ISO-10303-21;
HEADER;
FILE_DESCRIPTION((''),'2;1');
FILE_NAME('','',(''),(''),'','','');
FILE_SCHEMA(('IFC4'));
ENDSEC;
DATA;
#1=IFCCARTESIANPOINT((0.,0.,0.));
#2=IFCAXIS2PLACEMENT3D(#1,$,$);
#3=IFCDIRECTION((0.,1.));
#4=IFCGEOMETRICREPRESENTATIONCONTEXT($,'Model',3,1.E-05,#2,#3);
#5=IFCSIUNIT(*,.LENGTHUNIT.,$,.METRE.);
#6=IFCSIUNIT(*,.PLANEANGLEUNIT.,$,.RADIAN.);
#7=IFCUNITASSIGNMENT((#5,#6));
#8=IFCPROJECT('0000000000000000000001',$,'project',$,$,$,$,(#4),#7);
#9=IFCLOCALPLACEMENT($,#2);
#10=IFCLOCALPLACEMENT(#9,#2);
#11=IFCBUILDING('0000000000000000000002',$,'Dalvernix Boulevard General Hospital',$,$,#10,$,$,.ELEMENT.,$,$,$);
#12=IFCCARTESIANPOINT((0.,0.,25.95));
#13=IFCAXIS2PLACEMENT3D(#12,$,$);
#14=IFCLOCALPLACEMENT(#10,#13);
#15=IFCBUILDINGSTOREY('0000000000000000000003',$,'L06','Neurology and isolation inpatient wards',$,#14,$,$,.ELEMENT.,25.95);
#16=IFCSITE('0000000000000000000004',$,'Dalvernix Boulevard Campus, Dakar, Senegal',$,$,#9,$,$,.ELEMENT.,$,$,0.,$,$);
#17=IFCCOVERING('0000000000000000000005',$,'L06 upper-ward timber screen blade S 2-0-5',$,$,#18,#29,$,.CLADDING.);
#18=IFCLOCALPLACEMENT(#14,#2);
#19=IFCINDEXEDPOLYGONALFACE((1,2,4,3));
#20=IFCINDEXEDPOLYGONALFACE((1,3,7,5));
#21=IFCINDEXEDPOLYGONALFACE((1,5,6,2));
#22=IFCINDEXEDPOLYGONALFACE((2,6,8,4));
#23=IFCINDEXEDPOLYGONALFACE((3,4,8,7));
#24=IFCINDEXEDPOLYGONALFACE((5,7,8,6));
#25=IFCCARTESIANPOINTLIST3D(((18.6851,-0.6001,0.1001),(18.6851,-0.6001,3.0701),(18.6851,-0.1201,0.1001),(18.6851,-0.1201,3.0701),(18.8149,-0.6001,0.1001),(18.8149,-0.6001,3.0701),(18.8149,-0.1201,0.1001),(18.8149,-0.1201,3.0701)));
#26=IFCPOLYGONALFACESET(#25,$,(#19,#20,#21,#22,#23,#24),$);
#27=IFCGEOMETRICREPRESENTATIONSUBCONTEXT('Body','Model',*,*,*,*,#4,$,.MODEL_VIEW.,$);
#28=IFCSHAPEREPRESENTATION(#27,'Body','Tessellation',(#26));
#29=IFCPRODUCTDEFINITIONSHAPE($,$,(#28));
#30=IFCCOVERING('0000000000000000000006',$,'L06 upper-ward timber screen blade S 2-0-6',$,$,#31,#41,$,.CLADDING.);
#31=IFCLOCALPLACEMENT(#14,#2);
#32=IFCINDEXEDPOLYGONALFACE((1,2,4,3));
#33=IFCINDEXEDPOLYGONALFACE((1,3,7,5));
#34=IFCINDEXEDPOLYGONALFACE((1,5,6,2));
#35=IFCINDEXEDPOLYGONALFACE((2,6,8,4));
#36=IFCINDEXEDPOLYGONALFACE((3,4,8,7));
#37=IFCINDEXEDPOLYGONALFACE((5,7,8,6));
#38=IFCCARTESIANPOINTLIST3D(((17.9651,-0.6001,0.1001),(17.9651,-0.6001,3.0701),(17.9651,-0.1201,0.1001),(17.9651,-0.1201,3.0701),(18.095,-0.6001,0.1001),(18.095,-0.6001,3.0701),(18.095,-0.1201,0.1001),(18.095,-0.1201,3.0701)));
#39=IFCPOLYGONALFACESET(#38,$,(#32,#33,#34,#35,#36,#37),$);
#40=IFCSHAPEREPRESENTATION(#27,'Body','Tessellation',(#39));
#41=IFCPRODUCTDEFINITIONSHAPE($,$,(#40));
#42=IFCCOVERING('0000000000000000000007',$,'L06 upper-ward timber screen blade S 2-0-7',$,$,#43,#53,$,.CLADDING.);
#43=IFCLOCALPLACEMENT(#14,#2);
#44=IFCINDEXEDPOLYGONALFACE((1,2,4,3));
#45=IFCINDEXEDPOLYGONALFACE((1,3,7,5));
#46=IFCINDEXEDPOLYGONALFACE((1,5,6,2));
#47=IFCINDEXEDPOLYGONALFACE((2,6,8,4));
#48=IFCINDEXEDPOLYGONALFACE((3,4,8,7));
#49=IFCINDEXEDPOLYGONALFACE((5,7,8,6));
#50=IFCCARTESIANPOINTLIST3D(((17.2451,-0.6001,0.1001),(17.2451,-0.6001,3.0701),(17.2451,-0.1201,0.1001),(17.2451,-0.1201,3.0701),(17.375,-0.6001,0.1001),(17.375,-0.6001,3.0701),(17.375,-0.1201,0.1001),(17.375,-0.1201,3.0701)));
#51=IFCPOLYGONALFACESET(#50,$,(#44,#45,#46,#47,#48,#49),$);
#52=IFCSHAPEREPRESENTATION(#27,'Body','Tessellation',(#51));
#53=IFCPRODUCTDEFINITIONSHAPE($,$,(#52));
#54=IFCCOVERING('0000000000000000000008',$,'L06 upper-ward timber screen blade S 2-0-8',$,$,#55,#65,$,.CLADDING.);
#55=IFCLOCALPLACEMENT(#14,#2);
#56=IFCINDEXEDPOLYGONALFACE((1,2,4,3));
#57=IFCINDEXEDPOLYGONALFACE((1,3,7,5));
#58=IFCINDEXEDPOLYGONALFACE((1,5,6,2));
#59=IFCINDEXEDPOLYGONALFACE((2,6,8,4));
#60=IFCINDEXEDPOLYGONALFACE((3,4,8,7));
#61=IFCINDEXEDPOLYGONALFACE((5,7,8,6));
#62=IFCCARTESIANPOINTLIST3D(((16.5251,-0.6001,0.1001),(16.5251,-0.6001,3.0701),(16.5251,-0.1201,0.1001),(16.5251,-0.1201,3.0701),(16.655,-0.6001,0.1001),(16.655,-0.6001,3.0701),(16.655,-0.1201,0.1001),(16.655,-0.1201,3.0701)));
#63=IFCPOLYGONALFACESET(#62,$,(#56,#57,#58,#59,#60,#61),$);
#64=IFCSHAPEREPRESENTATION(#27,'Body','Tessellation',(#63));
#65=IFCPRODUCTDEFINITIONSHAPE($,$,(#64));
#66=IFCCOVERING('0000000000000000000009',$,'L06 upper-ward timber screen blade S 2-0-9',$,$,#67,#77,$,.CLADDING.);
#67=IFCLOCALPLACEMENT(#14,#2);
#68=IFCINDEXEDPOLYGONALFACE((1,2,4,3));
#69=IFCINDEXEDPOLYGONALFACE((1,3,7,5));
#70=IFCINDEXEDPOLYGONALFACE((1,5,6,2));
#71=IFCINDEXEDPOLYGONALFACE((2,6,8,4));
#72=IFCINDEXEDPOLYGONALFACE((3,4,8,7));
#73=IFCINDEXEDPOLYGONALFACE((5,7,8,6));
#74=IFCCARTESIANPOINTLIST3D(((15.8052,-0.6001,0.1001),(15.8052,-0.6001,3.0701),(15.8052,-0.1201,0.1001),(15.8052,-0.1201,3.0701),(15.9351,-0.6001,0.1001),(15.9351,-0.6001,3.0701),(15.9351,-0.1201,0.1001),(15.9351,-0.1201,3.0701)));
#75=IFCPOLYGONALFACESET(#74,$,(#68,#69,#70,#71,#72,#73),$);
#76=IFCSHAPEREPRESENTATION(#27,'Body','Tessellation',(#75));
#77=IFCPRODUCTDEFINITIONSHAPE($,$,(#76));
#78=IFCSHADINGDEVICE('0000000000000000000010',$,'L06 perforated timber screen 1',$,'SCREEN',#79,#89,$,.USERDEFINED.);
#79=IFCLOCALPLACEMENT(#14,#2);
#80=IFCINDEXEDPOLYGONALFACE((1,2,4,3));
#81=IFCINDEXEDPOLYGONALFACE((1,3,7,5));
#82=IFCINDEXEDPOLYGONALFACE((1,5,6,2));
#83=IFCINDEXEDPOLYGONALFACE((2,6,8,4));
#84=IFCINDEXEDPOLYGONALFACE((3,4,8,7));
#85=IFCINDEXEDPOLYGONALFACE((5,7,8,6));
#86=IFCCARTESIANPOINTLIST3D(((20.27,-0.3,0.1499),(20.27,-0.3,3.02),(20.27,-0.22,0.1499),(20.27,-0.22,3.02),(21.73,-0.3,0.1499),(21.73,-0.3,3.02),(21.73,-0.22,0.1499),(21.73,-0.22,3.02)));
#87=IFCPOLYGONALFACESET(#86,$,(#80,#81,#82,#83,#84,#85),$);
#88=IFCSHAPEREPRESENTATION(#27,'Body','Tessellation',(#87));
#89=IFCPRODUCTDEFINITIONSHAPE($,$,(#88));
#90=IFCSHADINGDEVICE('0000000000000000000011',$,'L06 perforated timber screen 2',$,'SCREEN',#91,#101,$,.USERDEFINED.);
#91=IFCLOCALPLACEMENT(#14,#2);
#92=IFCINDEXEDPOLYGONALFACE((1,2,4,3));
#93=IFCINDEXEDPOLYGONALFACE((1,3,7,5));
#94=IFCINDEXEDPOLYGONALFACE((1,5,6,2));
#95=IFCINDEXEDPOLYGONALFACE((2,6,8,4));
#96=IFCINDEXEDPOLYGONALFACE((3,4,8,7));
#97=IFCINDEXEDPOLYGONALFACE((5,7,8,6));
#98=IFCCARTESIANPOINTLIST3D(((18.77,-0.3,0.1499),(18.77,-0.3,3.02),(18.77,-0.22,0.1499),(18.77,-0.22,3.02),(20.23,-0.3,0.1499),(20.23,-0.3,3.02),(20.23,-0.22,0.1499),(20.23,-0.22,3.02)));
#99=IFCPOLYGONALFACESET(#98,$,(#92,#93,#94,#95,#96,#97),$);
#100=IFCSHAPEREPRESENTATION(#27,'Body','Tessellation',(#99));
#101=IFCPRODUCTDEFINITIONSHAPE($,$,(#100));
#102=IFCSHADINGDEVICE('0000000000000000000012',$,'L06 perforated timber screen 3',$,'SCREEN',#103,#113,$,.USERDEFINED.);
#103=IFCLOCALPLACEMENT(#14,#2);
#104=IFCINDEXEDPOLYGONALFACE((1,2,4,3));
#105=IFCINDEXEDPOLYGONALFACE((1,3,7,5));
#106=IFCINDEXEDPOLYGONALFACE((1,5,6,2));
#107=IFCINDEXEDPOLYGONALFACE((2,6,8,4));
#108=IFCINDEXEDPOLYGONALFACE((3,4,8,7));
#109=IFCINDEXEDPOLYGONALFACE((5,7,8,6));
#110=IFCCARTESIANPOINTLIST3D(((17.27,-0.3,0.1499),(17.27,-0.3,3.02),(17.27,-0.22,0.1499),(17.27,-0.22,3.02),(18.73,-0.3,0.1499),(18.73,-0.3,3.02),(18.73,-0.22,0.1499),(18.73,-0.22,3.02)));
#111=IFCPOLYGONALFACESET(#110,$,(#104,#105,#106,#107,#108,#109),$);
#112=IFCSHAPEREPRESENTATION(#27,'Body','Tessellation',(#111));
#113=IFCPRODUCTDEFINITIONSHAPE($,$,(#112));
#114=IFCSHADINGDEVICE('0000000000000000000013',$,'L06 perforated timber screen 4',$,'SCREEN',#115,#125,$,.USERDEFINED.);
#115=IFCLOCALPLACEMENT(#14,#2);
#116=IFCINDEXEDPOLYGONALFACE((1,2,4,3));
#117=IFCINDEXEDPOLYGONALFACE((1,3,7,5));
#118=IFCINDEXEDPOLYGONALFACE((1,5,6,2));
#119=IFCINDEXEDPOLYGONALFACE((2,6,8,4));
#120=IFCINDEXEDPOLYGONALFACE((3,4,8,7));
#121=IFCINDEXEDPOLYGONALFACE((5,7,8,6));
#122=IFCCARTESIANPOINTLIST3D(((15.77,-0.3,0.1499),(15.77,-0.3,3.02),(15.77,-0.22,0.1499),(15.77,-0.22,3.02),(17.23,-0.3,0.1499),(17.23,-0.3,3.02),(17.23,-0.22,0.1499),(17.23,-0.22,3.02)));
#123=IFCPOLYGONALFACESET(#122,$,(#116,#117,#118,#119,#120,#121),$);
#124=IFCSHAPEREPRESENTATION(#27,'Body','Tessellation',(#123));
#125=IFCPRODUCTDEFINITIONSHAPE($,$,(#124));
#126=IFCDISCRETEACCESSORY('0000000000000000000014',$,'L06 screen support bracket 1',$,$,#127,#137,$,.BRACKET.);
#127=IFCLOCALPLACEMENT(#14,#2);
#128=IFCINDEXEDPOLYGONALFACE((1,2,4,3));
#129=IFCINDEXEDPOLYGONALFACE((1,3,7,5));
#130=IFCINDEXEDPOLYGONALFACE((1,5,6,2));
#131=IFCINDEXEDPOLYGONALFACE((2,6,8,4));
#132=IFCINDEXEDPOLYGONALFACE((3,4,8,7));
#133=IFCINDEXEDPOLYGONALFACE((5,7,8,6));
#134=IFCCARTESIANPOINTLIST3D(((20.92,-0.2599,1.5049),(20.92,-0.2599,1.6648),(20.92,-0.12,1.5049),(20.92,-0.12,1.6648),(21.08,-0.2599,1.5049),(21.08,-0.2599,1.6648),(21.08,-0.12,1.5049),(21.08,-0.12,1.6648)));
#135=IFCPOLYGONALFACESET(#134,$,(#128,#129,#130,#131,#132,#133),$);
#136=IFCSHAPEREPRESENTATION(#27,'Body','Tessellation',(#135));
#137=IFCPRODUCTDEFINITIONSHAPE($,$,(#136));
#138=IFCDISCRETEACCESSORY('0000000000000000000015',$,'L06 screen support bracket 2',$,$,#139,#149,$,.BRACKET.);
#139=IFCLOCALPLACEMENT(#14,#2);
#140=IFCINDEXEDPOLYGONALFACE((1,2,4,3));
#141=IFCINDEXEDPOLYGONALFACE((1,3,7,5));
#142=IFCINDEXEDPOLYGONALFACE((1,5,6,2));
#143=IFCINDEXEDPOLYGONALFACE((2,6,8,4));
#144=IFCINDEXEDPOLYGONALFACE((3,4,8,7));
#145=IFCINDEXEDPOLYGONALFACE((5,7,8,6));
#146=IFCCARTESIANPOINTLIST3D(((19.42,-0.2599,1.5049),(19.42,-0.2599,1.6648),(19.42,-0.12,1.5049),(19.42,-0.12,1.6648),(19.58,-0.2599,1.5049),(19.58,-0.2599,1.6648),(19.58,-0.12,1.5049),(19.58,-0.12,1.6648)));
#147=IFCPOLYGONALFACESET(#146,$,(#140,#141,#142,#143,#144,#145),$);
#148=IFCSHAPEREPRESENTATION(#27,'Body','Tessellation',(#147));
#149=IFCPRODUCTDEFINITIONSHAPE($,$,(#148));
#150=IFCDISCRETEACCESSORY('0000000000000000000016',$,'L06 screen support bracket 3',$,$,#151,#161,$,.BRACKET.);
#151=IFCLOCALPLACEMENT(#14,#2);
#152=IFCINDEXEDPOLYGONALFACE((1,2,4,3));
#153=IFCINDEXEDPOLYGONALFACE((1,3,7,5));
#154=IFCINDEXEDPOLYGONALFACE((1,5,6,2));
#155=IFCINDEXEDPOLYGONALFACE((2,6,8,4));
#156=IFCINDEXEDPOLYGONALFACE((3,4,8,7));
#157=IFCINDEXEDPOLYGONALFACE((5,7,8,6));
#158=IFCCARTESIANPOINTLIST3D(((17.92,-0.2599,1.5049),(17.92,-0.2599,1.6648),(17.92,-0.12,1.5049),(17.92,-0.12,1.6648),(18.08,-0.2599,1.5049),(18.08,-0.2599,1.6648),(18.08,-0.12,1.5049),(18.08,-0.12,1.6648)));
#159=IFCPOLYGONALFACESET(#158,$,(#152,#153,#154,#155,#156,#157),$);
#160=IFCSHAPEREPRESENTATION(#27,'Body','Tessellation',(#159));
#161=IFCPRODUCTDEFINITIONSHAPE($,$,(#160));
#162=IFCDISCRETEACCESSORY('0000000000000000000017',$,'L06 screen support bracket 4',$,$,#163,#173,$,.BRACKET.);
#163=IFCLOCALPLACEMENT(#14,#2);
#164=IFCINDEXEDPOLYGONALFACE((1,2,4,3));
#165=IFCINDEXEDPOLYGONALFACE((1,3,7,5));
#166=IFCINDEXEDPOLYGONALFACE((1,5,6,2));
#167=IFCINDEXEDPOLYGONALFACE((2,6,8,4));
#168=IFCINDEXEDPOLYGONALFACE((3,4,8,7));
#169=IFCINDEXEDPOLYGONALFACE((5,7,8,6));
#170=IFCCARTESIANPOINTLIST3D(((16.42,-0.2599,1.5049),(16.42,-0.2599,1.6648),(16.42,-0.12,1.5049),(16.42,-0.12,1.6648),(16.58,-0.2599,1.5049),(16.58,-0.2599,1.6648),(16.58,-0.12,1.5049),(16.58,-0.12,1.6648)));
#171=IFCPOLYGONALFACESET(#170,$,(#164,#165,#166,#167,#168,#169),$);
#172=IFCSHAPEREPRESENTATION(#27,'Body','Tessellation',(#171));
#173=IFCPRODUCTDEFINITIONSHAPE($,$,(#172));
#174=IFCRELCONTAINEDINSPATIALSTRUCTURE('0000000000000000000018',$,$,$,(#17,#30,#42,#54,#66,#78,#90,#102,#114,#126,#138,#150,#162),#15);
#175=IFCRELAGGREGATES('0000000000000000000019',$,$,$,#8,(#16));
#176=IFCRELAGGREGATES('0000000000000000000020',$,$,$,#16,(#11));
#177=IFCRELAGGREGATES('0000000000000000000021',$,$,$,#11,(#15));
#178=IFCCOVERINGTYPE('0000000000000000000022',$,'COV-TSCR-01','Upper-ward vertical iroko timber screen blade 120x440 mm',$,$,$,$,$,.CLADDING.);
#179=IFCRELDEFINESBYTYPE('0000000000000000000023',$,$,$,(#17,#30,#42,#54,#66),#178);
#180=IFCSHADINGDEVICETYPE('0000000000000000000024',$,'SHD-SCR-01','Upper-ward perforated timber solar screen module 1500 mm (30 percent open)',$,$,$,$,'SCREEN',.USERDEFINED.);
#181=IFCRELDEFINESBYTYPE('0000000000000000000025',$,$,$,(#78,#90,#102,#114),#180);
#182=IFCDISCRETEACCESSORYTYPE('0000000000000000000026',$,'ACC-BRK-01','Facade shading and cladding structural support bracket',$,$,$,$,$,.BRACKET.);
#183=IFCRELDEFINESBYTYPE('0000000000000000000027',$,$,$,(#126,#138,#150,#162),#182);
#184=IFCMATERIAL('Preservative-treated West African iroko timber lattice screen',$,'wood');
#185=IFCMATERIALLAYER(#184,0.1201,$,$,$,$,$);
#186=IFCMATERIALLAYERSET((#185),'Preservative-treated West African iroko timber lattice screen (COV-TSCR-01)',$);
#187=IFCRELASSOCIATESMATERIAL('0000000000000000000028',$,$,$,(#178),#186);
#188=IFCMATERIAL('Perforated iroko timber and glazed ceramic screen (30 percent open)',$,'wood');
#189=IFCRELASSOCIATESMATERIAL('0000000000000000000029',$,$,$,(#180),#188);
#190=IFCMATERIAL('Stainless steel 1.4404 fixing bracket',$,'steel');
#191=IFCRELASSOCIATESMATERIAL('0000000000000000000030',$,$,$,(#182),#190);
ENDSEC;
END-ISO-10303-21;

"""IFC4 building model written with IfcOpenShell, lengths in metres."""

from ifc_helpers import new_model, si_unit, direction, frame, origin, origin_2d, place, context, subcontext, project, spatial, rectangle, extrude, material, layer, layer_set, type_object, element, save


model = new_model("IFC4")

# Units and contexts
model_context = context("Model", 3, precision=1e-05, world=origin(), true_north=direction((0.0, 1.0)))
body_context = subcontext(model_context, "Body", "Model", "MODEL_VIEW")
ifc_project = project(units=[si_unit("LENGTHUNIT", "METRE"), si_unit("PLANEANGLEUNIT", "RADIAN")], contexts=[model_context])

# Site, building, storey
site_placement = place(None, origin())
site = spatial("IfcSite", under=ifc_project, at=site_placement, Name="Dalvernix Boulevard Campus, Dakar, Senegal", CompositionType="ELEMENT", RefElevation=0.0)
building_placement = place(site_placement, origin())
building = spatial("IfcBuilding", under=site, at=building_placement, Name="Dalvernix Boulevard General Hospital", CompositionType="ELEMENT")
storey_placement = place(building_placement, frame((0.0, 0.0, 25.95)))
storey = spatial("IfcBuildingStorey", under=building, at=storey_placement, Name="L06", Description="Neurology and isolation inpatient wards", CompositionType="ELEMENT", Elevation=25.95)

# Coverings
ifc_material_1 = material(Name="Preservative-treated West African iroko timber lattice screen", Category="wood")
ifc_layer_1 = layer(ifc_material_1, 0.1201)
ifc_layer_set_1 = layer_set([ifc_layer_1], Name="Preservative-treated West African iroko timber lattice screen (COV-TSCR-01)")
covering_type_1 = type_object("IfcCoveringType", Name="COV-TSCR-01", Description="Upper-ward vertical iroko timber screen blade 120x440 mm", PredefinedType="CLADDING", material=ifc_layer_set_1)
for number, where, z_axis, x_axis, name in (
    (1, (18.75, -0.3601, 0.1001), (0.0, 0.0, 1.0), (-1.0, 0.0, 0.0), "L06 upper-ward timber screen blade S 2-0-5"),
    (2, (18.03, -0.3601, 0.1001), (0.0, 0.0, 1.0), (-1.0, 0.0, 0.0), "L06 upper-ward timber screen blade S 2-0-6"),
    (3, (17.3101, -0.3601, 0.1001), (0.0, 0.0, 1.0), (-1.0, 0.0, 0.0), "L06 upper-ward timber screen blade S 2-0-7"),
    (4, (16.5901, -0.3601, 0.1001), (0.0, 0.0, 1.0), (-1.0, 0.0, 0.0), "L06 upper-ward timber screen blade S 2-0-8"),
    (5, (15.8701, -0.3601, 0.1001), (0.0, 0.0, 1.0), (-1.0, 0.0, 0.0), "L06 upper-ward timber screen blade S 2-0-9"),
):
    element("IfcCovering", number, at=place(storey_placement, frame(where, z_axis=z_axis, x_axis=x_axis)), inside=storey, type_object=covering_type_1, Name=name, PredefinedType="CLADDING", context=body_context, shape_type="SweptSolid", body=[
        extrude(rectangle(XDim=0.1299, YDim=0.48, at=origin_2d()), origin(), (0.0, 0.0, 1.0), 2.97),
    ])

# Shading devices
ifc_material_2 = material(Name="Perforated iroko timber and glazed ceramic screen (30 percent open)", Category="wood")
shading_device_type = type_object("IfcShadingDeviceType", Name="SHD-SCR-01", Description="Upper-ward perforated timber solar screen module 1500 mm (30 percent open)", ElementType="SCREEN", PredefinedType="USERDEFINED", material=ifc_material_2)
for number, where, z_axis, x_axis, name in (
    (6, (21.0, -0.26, 0.1499), (0.0, 0.0, 1.0), (-1.0, 0.0, 0.0), "L06 perforated timber screen 1"),
    (7, (19.5, -0.26, 0.1499), (0.0, 0.0, 1.0), (-1.0, 0.0, 0.0), "L06 perforated timber screen 2"),
    (8, (18.0, -0.26, 0.1499), (0.0, 0.0, 1.0), (-1.0, 0.0, 0.0), "L06 perforated timber screen 3"),
    (9, (16.5, -0.26, 0.1499), (0.0, 0.0, 1.0), (-1.0, 0.0, 0.0), "L06 perforated timber screen 4"),
):
    element("IfcShadingDevice", number, at=place(storey_placement, frame(where, z_axis=z_axis, x_axis=x_axis)), inside=storey, type_object=shading_device_type, Name=name, ObjectType="SCREEN", PredefinedType="USERDEFINED", context=body_context, shape_type="SweptSolid", body=[
        extrude(rectangle(XDim=1.46, YDim=0.0801, at=origin_2d()), origin(), (0.0, 0.0, 1.0), 2.8701),
    ])

# Discrete accessories
ifc_material_3 = material(Name="Stainless steel 1.4404 fixing bracket", Category="steel")
discrete_accessory_type = type_object("IfcDiscreteAccessoryType", Name="ACC-BRK-01", Description="Facade shading and cladding structural support bracket", PredefinedType="BRACKET", material=ifc_material_3)
for number, where, z_axis, x_axis, name in (
    (10, (21.0, -0.1899, 1.5049), (0.0, 0.0, 1.0), (-1.0, 0.0, 0.0), "L06 screen support bracket 1"),
    (11, (19.5, -0.1899, 1.5049), (0.0, 0.0, 1.0), (-1.0, 0.0, 0.0), "L06 screen support bracket 2"),
    (12, (18.0, -0.1899, 1.5049), (0.0, 0.0, 1.0), (-1.0, 0.0, 0.0), "L06 screen support bracket 3"),
    (13, (16.5, -0.1899, 1.5049), (0.0, 0.0, 1.0), (-1.0, 0.0, 0.0), "L06 screen support bracket 4"),
):
    element("IfcDiscreteAccessory", number, at=place(storey_placement, frame(where, z_axis=z_axis, x_axis=x_axis)), inside=storey, type_object=discrete_accessory_type, Name=name, PredefinedType="BRACKET", context=body_context, shape_type="SweptSolid", body=[
        extrude(rectangle(XDim=0.1599, YDim=0.1399, at=origin_2d()), origin(), (0.0, 0.0, 1.0), 0.1599),
    ])

save(model, "model.ifc")
